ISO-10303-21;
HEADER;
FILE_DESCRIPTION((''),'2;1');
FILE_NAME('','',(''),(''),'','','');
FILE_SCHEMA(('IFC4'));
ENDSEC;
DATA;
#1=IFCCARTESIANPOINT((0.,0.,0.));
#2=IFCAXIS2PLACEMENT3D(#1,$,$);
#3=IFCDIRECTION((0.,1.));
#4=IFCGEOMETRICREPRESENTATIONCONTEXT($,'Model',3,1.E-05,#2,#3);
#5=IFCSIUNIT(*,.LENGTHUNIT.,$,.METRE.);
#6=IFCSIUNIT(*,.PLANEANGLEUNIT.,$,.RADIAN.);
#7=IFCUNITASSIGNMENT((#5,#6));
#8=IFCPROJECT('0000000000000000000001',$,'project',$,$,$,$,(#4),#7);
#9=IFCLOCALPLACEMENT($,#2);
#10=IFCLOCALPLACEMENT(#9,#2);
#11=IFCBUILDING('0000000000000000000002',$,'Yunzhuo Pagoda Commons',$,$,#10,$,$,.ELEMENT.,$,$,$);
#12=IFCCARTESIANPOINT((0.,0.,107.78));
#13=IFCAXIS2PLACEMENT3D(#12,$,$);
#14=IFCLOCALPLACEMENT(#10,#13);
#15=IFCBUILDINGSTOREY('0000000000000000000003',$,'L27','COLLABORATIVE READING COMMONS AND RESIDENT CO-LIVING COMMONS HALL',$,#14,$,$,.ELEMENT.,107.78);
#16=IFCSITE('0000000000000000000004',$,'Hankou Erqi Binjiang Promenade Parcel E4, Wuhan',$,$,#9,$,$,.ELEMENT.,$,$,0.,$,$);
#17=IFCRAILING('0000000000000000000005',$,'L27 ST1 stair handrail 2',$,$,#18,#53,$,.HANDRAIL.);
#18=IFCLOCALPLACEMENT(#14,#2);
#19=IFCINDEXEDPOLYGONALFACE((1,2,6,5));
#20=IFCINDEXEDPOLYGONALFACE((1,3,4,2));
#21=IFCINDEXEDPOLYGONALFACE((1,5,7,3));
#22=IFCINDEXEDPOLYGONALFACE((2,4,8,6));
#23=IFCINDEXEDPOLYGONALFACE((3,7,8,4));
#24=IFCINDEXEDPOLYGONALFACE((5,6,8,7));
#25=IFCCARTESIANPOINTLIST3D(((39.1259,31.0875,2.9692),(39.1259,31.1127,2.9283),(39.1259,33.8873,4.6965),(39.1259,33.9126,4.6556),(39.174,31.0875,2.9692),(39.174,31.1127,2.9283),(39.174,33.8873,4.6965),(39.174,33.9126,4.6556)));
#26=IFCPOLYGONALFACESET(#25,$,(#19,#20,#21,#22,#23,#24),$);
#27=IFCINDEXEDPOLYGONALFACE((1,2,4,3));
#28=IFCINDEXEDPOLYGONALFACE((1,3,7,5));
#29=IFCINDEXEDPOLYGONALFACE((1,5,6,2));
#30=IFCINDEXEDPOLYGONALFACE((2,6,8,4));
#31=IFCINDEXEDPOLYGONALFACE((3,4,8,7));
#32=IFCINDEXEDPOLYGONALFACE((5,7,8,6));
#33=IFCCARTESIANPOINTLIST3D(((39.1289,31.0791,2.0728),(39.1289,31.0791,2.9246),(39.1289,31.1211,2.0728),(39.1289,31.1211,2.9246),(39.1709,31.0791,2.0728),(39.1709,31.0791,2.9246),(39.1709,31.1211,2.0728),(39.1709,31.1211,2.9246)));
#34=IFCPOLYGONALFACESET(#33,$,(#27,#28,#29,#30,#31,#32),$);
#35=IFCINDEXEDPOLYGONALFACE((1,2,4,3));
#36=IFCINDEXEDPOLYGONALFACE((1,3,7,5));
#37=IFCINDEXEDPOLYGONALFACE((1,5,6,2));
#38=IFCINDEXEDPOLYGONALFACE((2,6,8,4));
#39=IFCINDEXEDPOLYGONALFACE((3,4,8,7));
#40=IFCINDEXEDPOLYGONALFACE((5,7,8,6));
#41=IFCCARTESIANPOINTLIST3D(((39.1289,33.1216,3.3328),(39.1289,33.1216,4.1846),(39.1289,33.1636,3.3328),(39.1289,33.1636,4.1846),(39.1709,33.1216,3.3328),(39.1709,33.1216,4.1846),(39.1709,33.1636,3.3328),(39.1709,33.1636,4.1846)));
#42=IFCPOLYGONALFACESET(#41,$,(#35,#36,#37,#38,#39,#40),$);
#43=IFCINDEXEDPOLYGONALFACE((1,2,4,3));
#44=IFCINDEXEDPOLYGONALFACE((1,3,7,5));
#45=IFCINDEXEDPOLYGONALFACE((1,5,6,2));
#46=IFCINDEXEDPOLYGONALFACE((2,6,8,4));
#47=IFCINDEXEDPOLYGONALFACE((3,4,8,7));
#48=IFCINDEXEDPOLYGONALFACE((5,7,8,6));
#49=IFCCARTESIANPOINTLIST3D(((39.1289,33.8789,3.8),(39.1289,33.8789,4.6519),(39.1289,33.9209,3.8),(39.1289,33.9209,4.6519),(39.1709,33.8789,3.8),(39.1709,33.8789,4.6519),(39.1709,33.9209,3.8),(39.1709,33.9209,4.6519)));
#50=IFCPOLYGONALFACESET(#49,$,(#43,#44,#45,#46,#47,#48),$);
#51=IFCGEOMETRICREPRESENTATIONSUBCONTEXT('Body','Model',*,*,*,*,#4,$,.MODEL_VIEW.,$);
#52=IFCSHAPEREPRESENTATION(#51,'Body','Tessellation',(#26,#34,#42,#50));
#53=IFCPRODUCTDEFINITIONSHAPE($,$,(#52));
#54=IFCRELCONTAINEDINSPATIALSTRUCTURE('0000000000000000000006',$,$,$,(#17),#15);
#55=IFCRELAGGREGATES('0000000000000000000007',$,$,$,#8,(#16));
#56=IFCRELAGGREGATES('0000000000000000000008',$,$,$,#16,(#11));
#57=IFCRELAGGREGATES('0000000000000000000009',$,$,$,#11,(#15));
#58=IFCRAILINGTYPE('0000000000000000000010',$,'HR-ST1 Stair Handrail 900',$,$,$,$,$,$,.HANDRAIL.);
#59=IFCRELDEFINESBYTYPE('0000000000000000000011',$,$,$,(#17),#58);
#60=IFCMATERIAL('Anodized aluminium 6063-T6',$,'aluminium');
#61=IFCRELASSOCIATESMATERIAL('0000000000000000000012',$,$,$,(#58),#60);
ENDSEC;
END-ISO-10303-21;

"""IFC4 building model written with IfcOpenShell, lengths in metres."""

from ifc_helpers import new_model, si_unit, direction, frame, origin, origin_2d, place, context, subcontext, project, spatial, rectangle, extrude, material, type_object, element, save


model = new_model("IFC4")

# Units and contexts
model_context = context("Model", 3, precision=1e-05, world=origin(), true_north=direction((0.0, 1.0)))
body_context = subcontext(model_context, "Body", "Model", "MODEL_VIEW")
ifc_project = project(units=[si_unit("LENGTHUNIT", "METRE"), si_unit("PLANEANGLEUNIT", "RADIAN")], contexts=[model_context])

# Site, building, storey
site_placement = place(None, origin())
site = spatial("IfcSite", under=ifc_project, at=site_placement, Name="Hankou Erqi Binjiang Promenade Parcel E4, Wuhan", CompositionType="ELEMENT", RefElevation=0.0)
building_placement = place(site_placement, origin())
building = spatial("IfcBuilding", under=site, at=building_placement, Name="Yunzhuo Pagoda Commons", CompositionType="ELEMENT")
storey_placement = place(building_placement, frame((0.0, 0.0, 107.78)))
storey = spatial("IfcBuildingStorey", under=building, at=storey_placement, Name="L27", Description="COLLABORATIVE READING COMMONS AND RESIDENT CO-LIVING COMMONS HALL", CompositionType="ELEMENT", Elevation=107.78)

# Railing
ifc_material_1 = material(Name="Anodized aluminium 6063-T6", Category="aluminium")
railing_type_1 = type_object("IfcRailingType", Name="HR-ST1 Stair Handrail 900", PredefinedType="HANDRAIL", material=ifc_material_1)
railing_1_placement = place(storey_placement, frame((39.1499, 31.1001, 2.0728)))
element("IfcRailing", 1, at=railing_1_placement, inside=storey, type_object=railing_type_1, Name="L27 ST1 stair handrail 2", PredefinedType="HANDRAIL", context=body_context, shape_type="SweptSolid", body=[
    extrude(rectangle(XDim=0.0481, YDim=0.0481, at=origin_2d()), frame((0.0, 0.0, 0.876), z_axis=(0.0, 0.851069, 0.525054), x_axis=(-1.0, 0.0, 0.0)), (0.0, 0.0, 1.0), 3.2898),
    extrude(rectangle(XDim=0.042, YDim=0.042, at=origin_2d()), origin(), (0.0, 0.0, 1.0), 0.8518),
    extrude(rectangle(XDim=0.042, YDim=0.042, at=origin_2d()), frame((0.0, 2.0425, 1.26)), (0.0, 0.0, 1.0), 0.8518),
    extrude(rectangle(XDim=0.042, YDim=0.042, at=origin_2d()), frame((0.0, 2.7998, 1.7273)), (0.0, 0.0, 1.0), 0.8518),
])

save(model, "model.ifc")
